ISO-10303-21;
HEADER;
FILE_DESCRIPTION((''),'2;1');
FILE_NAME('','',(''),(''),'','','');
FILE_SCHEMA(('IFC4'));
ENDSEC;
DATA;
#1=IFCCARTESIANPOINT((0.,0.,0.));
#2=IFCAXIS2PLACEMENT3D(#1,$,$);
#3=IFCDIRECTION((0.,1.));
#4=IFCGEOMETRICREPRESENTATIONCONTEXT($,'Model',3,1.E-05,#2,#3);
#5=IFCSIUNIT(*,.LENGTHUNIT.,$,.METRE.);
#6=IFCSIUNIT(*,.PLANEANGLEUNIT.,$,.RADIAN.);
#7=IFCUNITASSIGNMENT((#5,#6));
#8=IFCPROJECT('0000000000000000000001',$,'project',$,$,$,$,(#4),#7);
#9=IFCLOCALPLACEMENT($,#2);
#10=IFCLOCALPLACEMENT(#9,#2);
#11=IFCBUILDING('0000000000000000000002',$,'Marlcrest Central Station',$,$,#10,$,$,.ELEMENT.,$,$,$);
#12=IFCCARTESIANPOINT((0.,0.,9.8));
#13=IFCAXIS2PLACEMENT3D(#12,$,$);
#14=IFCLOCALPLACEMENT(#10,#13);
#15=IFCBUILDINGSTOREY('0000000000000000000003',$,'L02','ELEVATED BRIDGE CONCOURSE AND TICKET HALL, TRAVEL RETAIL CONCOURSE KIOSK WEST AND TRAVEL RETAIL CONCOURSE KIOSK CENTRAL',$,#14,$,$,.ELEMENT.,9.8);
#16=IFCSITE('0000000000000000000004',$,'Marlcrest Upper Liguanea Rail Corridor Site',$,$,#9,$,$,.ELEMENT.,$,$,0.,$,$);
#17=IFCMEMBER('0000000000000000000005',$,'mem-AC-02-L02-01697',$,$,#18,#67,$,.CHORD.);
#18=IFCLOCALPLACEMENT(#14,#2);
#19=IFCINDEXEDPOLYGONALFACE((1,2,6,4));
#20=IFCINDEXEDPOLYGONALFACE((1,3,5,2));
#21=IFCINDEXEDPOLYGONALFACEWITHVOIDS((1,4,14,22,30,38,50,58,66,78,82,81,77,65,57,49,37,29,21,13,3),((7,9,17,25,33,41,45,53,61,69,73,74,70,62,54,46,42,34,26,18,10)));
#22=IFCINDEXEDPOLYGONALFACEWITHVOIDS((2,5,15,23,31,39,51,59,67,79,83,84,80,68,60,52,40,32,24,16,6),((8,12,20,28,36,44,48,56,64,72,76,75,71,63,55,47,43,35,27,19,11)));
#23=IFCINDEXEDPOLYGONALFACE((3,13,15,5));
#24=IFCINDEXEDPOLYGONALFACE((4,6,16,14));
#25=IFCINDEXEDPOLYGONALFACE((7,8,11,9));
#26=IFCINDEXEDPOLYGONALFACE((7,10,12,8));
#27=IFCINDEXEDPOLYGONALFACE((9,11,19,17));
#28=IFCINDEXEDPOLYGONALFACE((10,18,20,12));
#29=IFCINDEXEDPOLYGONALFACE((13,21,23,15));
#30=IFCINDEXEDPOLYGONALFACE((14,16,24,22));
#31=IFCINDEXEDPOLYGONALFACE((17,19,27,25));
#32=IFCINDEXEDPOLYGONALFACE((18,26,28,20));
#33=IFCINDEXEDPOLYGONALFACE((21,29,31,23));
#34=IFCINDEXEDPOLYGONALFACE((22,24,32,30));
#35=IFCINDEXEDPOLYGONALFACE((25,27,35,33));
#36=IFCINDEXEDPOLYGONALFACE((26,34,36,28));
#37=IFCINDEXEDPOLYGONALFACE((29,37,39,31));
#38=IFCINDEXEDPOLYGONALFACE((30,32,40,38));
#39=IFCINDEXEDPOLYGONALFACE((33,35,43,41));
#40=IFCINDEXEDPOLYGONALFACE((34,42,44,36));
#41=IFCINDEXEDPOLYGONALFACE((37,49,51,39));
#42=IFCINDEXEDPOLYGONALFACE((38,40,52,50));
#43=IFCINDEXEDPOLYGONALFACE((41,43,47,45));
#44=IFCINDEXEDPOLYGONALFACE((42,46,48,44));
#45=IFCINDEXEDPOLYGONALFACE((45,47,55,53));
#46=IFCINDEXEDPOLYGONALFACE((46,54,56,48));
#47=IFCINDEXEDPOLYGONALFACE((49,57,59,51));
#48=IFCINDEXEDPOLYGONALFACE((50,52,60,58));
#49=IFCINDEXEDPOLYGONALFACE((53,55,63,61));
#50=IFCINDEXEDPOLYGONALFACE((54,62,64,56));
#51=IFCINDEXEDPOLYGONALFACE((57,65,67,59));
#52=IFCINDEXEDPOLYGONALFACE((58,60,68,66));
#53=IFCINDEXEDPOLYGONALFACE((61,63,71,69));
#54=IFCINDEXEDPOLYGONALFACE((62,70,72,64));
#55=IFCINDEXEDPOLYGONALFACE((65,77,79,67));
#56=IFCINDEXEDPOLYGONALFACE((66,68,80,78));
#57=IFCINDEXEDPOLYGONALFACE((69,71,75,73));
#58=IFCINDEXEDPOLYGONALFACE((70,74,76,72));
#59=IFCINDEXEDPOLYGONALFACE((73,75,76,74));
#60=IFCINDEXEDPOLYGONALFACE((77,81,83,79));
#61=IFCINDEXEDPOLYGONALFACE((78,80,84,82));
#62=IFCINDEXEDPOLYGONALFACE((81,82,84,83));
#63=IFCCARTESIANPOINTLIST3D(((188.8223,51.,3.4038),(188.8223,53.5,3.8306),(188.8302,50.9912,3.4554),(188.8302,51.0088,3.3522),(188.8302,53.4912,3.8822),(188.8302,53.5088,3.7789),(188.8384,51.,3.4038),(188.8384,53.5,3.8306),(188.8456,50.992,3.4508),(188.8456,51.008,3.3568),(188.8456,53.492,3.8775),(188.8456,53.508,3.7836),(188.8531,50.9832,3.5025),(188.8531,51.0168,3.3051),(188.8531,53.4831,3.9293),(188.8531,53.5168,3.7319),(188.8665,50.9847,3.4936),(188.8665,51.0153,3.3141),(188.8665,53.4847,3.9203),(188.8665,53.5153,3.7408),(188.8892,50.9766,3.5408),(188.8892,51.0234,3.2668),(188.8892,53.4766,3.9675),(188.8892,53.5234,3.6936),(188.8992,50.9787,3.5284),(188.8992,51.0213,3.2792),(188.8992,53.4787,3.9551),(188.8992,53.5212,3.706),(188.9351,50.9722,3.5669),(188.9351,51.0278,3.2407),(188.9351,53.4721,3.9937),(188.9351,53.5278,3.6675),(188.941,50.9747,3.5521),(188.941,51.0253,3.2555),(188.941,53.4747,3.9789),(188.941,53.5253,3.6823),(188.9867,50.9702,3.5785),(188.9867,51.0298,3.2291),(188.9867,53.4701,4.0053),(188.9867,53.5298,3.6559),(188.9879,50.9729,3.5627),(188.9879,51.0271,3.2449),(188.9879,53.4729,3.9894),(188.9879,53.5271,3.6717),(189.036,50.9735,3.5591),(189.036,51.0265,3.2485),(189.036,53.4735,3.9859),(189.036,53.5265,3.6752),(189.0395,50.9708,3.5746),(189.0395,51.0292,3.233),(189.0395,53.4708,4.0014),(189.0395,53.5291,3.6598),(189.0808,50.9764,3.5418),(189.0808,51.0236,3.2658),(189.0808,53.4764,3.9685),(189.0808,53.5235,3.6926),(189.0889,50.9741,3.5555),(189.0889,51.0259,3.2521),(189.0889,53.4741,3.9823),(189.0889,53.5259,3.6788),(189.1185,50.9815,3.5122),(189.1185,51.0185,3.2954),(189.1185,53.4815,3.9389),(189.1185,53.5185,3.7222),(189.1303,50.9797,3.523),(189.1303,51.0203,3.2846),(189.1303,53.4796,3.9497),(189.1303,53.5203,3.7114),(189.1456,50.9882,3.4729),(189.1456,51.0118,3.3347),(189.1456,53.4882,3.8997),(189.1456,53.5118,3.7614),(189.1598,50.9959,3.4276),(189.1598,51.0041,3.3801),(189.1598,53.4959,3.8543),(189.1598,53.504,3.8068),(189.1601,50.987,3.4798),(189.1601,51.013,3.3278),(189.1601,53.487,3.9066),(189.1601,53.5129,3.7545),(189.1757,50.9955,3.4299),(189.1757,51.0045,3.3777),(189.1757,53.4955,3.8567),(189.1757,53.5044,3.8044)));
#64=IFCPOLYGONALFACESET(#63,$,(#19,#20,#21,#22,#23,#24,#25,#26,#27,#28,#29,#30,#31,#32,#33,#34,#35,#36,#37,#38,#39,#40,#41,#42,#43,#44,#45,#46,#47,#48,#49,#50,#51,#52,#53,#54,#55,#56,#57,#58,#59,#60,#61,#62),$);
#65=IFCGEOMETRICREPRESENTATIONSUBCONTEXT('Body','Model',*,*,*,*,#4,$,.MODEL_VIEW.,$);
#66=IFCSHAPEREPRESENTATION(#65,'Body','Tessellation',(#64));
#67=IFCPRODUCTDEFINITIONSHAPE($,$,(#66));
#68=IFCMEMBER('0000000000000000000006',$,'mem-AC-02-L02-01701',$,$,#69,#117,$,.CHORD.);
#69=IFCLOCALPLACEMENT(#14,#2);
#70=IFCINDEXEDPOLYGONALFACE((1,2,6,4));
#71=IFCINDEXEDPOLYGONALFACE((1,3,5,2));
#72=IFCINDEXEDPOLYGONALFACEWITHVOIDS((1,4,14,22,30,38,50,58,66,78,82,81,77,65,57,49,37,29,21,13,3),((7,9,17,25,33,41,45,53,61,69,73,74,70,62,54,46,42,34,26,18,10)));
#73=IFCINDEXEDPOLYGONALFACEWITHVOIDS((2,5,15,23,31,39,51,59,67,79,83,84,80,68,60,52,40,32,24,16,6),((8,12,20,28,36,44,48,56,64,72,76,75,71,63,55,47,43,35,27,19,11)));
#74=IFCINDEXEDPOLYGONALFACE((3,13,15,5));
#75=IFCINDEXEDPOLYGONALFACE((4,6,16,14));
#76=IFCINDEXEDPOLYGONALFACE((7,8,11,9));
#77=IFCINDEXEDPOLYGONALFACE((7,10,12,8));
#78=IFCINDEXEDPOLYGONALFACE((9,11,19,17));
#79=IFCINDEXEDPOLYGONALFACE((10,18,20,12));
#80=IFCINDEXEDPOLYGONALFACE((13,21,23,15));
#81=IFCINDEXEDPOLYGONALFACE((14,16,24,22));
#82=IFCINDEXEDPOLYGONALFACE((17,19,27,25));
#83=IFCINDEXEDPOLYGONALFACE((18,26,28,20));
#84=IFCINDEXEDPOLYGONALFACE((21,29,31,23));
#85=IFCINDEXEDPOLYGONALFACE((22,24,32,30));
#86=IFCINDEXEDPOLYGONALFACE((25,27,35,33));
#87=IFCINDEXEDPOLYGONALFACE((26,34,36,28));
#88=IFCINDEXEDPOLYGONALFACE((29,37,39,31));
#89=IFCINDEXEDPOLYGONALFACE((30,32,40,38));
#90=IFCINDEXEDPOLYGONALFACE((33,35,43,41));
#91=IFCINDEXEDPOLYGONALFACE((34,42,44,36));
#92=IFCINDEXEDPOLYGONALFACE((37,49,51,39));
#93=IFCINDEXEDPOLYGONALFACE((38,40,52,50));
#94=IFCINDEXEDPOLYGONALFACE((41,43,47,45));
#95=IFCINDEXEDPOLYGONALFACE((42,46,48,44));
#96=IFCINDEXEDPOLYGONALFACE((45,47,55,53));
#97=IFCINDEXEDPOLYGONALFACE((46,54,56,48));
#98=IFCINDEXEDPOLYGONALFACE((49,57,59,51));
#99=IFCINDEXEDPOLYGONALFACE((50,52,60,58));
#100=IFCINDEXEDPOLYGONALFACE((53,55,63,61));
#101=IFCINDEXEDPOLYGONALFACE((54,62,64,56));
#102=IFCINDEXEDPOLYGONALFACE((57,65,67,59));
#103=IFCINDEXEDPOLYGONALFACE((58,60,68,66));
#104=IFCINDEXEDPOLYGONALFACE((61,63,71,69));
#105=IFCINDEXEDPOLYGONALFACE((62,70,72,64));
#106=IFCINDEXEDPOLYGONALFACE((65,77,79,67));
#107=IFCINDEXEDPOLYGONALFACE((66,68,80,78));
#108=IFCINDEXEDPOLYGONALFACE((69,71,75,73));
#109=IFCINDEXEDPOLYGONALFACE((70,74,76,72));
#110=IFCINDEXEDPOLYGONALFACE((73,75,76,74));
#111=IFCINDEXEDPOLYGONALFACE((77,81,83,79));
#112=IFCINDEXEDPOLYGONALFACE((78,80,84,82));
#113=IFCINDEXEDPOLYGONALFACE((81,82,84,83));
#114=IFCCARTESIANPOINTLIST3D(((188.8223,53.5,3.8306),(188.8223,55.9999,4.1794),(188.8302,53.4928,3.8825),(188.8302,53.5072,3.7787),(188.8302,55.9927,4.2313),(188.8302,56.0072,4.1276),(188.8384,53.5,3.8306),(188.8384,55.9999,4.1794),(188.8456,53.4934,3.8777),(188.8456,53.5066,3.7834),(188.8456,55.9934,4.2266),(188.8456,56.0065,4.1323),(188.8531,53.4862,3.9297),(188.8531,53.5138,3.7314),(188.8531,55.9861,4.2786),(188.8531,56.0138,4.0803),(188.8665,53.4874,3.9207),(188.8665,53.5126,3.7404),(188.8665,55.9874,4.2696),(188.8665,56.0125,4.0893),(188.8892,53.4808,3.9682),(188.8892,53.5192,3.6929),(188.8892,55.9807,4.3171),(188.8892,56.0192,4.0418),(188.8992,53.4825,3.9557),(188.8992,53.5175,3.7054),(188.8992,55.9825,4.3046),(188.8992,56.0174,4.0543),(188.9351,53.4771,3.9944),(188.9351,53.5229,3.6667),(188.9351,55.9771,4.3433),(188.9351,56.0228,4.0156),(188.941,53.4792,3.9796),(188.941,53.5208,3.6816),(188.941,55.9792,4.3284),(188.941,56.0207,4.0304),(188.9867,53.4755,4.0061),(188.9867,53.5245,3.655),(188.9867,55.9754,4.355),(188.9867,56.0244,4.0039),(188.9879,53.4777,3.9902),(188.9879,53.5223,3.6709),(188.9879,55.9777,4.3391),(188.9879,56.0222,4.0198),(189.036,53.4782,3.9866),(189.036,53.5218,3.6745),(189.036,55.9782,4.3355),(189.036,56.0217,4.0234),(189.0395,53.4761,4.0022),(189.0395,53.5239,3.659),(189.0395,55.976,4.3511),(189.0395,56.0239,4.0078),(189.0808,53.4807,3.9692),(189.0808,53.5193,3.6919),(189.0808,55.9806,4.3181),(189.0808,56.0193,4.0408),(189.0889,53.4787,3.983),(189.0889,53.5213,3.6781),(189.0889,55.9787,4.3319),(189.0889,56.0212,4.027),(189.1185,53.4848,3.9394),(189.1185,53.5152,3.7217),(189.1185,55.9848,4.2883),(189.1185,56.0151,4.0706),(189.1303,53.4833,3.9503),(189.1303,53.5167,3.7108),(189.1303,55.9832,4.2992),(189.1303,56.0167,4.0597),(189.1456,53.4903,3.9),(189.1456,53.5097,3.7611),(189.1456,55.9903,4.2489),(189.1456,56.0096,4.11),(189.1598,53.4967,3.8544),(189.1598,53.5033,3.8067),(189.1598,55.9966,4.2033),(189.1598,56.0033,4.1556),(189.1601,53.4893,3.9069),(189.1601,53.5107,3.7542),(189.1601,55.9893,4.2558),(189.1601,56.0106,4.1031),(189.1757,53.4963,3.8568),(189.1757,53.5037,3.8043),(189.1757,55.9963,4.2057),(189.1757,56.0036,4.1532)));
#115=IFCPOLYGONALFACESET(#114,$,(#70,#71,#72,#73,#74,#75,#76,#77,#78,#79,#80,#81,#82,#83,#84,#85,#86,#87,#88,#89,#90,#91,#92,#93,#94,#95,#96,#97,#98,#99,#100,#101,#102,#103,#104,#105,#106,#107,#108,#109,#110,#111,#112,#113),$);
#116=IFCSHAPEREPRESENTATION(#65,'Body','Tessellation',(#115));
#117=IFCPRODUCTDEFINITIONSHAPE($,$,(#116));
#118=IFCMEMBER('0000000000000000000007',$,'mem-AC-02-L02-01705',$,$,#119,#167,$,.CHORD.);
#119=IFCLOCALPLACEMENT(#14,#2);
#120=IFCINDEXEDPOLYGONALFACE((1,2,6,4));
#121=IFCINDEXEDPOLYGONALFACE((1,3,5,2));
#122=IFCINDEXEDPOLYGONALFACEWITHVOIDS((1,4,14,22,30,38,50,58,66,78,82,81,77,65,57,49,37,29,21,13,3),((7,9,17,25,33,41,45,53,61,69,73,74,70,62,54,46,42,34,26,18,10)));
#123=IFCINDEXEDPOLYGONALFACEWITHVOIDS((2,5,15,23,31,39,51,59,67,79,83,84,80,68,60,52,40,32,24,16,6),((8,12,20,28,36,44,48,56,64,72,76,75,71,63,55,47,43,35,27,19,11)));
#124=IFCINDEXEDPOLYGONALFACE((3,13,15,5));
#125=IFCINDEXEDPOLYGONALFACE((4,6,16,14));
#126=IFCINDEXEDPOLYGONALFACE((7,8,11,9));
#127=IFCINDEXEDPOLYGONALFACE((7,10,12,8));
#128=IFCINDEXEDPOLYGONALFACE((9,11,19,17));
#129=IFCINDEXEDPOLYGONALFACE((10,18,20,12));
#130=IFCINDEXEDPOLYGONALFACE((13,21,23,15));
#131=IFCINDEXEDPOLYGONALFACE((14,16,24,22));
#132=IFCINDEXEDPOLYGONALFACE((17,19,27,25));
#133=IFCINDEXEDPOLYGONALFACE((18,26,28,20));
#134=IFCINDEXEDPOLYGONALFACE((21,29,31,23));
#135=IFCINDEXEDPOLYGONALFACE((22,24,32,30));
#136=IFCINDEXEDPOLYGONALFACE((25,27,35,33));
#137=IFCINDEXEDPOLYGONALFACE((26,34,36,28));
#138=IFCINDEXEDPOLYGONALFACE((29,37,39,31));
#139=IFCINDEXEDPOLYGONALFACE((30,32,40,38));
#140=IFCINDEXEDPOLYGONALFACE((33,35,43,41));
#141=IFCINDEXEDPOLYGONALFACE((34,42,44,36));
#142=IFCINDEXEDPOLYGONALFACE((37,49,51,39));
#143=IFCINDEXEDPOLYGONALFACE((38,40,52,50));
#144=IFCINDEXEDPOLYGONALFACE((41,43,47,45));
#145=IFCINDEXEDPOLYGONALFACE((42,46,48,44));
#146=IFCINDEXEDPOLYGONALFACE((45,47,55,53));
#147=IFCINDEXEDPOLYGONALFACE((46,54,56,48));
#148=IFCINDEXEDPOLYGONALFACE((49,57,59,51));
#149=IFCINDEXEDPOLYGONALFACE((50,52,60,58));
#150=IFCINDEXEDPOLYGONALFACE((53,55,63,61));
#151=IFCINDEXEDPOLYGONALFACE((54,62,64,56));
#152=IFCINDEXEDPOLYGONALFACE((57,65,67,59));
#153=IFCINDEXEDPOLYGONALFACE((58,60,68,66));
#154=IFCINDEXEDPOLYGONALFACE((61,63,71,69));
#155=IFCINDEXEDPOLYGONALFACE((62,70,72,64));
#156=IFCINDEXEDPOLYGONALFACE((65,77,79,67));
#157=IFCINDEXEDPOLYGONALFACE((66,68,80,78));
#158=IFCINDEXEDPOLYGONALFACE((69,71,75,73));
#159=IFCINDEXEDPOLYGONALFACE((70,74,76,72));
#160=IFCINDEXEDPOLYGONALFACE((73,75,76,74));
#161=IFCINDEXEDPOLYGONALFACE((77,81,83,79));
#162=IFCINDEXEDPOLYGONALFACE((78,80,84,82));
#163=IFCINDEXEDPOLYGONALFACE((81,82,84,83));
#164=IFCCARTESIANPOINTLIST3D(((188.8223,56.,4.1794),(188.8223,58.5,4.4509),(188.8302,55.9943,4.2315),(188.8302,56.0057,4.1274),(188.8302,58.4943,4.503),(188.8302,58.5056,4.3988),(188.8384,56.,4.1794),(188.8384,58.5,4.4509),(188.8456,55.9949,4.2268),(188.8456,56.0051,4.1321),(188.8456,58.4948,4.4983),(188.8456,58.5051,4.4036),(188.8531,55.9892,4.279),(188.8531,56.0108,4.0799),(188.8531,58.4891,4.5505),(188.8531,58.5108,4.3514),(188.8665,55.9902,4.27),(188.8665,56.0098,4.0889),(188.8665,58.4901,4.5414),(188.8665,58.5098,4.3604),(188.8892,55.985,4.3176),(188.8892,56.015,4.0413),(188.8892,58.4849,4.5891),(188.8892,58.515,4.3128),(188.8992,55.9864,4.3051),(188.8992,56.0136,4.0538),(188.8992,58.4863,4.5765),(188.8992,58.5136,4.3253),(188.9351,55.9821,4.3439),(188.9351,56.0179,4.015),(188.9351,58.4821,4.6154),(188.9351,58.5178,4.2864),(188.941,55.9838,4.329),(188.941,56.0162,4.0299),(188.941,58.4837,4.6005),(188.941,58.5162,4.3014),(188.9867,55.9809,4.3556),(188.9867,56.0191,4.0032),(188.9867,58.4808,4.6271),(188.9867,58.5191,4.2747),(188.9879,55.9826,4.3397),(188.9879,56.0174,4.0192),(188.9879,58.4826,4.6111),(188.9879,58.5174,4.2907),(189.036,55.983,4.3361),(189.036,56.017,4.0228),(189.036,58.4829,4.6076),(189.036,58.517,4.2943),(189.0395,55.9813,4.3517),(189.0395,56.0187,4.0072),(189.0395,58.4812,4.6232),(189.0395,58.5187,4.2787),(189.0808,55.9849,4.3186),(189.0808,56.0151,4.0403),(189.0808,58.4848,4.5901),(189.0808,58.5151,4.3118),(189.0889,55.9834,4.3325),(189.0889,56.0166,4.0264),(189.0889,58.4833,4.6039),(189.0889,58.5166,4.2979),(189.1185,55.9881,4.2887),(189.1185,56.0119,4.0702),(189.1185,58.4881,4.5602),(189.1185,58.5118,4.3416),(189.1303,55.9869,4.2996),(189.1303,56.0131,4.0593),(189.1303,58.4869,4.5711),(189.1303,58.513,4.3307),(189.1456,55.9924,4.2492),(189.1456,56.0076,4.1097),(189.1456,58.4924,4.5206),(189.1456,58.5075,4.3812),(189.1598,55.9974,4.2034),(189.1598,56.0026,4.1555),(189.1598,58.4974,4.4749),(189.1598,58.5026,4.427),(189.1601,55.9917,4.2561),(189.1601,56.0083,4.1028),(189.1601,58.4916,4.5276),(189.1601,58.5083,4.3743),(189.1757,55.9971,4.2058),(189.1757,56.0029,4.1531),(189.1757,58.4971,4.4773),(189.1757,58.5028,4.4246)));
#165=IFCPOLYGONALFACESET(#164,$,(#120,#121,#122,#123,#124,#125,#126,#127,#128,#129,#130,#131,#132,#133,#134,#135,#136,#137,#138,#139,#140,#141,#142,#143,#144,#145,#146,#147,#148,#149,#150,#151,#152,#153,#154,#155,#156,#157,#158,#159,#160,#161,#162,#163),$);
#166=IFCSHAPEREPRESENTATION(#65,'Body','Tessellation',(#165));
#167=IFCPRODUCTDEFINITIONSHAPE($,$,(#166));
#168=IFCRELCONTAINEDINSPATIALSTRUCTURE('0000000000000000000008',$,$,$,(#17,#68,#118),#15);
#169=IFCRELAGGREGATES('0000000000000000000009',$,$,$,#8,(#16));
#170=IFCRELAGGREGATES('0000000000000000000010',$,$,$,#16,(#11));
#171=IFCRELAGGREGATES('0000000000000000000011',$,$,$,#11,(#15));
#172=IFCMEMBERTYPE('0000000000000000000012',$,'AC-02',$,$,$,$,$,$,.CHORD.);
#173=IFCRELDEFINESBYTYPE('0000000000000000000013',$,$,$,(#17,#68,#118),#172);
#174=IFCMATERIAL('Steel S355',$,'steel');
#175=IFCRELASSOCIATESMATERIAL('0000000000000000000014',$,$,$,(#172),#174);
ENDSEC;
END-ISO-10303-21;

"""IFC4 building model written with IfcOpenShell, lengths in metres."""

from ifc_helpers import new_model, si_unit, direction, frame, origin, origin_2d, place, context, subcontext, project, spatial, hollow_circle, extrude, material, material_profile, profile_set, type_object, element, save


model = new_model("IFC4")

# Units and contexts
model_context = context("Model", 3, precision=1e-05, world=origin(), true_north=direction((0.0, 1.0)))
body_context = subcontext(model_context, "Body", "Model", "MODEL_VIEW")
ifc_project = project(units=[si_unit("LENGTHUNIT", "METRE"), si_unit("PLANEANGLEUNIT", "RADIAN")], contexts=[model_context])

# Site, building, storey
site_placement = place(None, origin())
site = spatial("IfcSite", under=ifc_project, at=site_placement, Name="Marlcrest Upper Liguanea Rail Corridor Site", CompositionType="ELEMENT", RefElevation=0.0)
building_placement = place(site_placement, origin())
building = spatial("IfcBuilding", under=site, at=building_placement, Name="Marlcrest Central Station", CompositionType="ELEMENT")
storey_placement = place(building_placement, frame((0.0, 0.0, 9.8)))
storey = spatial("IfcBuildingStorey", under=building, at=storey_placement, Name="L02", Description="ELEVATED BRIDGE CONCOURSE AND TICKET HALL, TRAVEL RETAIL CONCOURSE KIOSK WEST AND TRAVEL RETAIL CONCOURSE KIOSK CENTRAL", CompositionType="ELEMENT", Elevation=9.8)

# Members
ifc_material = material(Name="Steel S355", Category="steel")
ifc_material_profile_1 = material_profile(ifc_material, hollow_circle(Radius=0.1777, WallThickness=0.0161, at=origin_2d()), Name="CHS 355.6x16")
ifc_profile_set_1 = profile_set([ifc_material_profile_1], Name="Steel S355")
member_type_1 = type_object("IfcMemberType", Name="AC-02", PredefinedType="CHORD", material=ifc_profile_set_1)
member_1_placement = place(storey_placement, frame((189.0, 51.0, 3.4038), z_axis=(0.0, 0.985741, 0.168269), x_axis=(-1.0, 0.0, 0.0)))
element("IfcMember", 1, at=member_1_placement, inside=storey, type_object=member_type_1, Name="mem-AC-02-L02-01697", PredefinedType="CHORD", context=body_context, shape_type="SweptSolid", body=[
    extrude(hollow_circle(Radius=0.1777, WallThickness=0.0161, at=origin_2d()), origin(), (0.0, 0.0, 1.0), 2.5361),
])
member_2_placement = place(storey_placement, frame((189.0, 53.5, 3.8306), z_axis=(0.0, 0.990403, 0.138211), x_axis=(-1.0, 0.0, 0.0)))
element("IfcMember", 2, at=member_2_placement, inside=storey, type_object=member_type_1, Name="mem-AC-02-L02-01701", PredefinedType="CHORD", context=body_context, shape_type="SweptSolid", body=[
    extrude(hollow_circle(Radius=0.1777, WallThickness=0.0161, at=origin_2d()), origin(), (0.0, 0.0, 1.0), 2.5242),
])
member_3_placement = place(storey_placement, frame((189.0, 56.0, 4.1794), z_axis=(0.0, 0.994155, 0.107959), x_axis=(-1.0, 0.0, 0.0)))
element("IfcMember", 3, at=member_3_placement, inside=storey, type_object=member_type_1, Name="mem-AC-02-L02-01705", PredefinedType="CHORD", context=body_context, shape_type="SweptSolid", body=[
    extrude(hollow_circle(Radius=0.1777, WallThickness=0.0161, at=origin_2d()), origin(), (0.0, 0.0, 1.0), 2.5146),
])

save(model, "model.ifc")
